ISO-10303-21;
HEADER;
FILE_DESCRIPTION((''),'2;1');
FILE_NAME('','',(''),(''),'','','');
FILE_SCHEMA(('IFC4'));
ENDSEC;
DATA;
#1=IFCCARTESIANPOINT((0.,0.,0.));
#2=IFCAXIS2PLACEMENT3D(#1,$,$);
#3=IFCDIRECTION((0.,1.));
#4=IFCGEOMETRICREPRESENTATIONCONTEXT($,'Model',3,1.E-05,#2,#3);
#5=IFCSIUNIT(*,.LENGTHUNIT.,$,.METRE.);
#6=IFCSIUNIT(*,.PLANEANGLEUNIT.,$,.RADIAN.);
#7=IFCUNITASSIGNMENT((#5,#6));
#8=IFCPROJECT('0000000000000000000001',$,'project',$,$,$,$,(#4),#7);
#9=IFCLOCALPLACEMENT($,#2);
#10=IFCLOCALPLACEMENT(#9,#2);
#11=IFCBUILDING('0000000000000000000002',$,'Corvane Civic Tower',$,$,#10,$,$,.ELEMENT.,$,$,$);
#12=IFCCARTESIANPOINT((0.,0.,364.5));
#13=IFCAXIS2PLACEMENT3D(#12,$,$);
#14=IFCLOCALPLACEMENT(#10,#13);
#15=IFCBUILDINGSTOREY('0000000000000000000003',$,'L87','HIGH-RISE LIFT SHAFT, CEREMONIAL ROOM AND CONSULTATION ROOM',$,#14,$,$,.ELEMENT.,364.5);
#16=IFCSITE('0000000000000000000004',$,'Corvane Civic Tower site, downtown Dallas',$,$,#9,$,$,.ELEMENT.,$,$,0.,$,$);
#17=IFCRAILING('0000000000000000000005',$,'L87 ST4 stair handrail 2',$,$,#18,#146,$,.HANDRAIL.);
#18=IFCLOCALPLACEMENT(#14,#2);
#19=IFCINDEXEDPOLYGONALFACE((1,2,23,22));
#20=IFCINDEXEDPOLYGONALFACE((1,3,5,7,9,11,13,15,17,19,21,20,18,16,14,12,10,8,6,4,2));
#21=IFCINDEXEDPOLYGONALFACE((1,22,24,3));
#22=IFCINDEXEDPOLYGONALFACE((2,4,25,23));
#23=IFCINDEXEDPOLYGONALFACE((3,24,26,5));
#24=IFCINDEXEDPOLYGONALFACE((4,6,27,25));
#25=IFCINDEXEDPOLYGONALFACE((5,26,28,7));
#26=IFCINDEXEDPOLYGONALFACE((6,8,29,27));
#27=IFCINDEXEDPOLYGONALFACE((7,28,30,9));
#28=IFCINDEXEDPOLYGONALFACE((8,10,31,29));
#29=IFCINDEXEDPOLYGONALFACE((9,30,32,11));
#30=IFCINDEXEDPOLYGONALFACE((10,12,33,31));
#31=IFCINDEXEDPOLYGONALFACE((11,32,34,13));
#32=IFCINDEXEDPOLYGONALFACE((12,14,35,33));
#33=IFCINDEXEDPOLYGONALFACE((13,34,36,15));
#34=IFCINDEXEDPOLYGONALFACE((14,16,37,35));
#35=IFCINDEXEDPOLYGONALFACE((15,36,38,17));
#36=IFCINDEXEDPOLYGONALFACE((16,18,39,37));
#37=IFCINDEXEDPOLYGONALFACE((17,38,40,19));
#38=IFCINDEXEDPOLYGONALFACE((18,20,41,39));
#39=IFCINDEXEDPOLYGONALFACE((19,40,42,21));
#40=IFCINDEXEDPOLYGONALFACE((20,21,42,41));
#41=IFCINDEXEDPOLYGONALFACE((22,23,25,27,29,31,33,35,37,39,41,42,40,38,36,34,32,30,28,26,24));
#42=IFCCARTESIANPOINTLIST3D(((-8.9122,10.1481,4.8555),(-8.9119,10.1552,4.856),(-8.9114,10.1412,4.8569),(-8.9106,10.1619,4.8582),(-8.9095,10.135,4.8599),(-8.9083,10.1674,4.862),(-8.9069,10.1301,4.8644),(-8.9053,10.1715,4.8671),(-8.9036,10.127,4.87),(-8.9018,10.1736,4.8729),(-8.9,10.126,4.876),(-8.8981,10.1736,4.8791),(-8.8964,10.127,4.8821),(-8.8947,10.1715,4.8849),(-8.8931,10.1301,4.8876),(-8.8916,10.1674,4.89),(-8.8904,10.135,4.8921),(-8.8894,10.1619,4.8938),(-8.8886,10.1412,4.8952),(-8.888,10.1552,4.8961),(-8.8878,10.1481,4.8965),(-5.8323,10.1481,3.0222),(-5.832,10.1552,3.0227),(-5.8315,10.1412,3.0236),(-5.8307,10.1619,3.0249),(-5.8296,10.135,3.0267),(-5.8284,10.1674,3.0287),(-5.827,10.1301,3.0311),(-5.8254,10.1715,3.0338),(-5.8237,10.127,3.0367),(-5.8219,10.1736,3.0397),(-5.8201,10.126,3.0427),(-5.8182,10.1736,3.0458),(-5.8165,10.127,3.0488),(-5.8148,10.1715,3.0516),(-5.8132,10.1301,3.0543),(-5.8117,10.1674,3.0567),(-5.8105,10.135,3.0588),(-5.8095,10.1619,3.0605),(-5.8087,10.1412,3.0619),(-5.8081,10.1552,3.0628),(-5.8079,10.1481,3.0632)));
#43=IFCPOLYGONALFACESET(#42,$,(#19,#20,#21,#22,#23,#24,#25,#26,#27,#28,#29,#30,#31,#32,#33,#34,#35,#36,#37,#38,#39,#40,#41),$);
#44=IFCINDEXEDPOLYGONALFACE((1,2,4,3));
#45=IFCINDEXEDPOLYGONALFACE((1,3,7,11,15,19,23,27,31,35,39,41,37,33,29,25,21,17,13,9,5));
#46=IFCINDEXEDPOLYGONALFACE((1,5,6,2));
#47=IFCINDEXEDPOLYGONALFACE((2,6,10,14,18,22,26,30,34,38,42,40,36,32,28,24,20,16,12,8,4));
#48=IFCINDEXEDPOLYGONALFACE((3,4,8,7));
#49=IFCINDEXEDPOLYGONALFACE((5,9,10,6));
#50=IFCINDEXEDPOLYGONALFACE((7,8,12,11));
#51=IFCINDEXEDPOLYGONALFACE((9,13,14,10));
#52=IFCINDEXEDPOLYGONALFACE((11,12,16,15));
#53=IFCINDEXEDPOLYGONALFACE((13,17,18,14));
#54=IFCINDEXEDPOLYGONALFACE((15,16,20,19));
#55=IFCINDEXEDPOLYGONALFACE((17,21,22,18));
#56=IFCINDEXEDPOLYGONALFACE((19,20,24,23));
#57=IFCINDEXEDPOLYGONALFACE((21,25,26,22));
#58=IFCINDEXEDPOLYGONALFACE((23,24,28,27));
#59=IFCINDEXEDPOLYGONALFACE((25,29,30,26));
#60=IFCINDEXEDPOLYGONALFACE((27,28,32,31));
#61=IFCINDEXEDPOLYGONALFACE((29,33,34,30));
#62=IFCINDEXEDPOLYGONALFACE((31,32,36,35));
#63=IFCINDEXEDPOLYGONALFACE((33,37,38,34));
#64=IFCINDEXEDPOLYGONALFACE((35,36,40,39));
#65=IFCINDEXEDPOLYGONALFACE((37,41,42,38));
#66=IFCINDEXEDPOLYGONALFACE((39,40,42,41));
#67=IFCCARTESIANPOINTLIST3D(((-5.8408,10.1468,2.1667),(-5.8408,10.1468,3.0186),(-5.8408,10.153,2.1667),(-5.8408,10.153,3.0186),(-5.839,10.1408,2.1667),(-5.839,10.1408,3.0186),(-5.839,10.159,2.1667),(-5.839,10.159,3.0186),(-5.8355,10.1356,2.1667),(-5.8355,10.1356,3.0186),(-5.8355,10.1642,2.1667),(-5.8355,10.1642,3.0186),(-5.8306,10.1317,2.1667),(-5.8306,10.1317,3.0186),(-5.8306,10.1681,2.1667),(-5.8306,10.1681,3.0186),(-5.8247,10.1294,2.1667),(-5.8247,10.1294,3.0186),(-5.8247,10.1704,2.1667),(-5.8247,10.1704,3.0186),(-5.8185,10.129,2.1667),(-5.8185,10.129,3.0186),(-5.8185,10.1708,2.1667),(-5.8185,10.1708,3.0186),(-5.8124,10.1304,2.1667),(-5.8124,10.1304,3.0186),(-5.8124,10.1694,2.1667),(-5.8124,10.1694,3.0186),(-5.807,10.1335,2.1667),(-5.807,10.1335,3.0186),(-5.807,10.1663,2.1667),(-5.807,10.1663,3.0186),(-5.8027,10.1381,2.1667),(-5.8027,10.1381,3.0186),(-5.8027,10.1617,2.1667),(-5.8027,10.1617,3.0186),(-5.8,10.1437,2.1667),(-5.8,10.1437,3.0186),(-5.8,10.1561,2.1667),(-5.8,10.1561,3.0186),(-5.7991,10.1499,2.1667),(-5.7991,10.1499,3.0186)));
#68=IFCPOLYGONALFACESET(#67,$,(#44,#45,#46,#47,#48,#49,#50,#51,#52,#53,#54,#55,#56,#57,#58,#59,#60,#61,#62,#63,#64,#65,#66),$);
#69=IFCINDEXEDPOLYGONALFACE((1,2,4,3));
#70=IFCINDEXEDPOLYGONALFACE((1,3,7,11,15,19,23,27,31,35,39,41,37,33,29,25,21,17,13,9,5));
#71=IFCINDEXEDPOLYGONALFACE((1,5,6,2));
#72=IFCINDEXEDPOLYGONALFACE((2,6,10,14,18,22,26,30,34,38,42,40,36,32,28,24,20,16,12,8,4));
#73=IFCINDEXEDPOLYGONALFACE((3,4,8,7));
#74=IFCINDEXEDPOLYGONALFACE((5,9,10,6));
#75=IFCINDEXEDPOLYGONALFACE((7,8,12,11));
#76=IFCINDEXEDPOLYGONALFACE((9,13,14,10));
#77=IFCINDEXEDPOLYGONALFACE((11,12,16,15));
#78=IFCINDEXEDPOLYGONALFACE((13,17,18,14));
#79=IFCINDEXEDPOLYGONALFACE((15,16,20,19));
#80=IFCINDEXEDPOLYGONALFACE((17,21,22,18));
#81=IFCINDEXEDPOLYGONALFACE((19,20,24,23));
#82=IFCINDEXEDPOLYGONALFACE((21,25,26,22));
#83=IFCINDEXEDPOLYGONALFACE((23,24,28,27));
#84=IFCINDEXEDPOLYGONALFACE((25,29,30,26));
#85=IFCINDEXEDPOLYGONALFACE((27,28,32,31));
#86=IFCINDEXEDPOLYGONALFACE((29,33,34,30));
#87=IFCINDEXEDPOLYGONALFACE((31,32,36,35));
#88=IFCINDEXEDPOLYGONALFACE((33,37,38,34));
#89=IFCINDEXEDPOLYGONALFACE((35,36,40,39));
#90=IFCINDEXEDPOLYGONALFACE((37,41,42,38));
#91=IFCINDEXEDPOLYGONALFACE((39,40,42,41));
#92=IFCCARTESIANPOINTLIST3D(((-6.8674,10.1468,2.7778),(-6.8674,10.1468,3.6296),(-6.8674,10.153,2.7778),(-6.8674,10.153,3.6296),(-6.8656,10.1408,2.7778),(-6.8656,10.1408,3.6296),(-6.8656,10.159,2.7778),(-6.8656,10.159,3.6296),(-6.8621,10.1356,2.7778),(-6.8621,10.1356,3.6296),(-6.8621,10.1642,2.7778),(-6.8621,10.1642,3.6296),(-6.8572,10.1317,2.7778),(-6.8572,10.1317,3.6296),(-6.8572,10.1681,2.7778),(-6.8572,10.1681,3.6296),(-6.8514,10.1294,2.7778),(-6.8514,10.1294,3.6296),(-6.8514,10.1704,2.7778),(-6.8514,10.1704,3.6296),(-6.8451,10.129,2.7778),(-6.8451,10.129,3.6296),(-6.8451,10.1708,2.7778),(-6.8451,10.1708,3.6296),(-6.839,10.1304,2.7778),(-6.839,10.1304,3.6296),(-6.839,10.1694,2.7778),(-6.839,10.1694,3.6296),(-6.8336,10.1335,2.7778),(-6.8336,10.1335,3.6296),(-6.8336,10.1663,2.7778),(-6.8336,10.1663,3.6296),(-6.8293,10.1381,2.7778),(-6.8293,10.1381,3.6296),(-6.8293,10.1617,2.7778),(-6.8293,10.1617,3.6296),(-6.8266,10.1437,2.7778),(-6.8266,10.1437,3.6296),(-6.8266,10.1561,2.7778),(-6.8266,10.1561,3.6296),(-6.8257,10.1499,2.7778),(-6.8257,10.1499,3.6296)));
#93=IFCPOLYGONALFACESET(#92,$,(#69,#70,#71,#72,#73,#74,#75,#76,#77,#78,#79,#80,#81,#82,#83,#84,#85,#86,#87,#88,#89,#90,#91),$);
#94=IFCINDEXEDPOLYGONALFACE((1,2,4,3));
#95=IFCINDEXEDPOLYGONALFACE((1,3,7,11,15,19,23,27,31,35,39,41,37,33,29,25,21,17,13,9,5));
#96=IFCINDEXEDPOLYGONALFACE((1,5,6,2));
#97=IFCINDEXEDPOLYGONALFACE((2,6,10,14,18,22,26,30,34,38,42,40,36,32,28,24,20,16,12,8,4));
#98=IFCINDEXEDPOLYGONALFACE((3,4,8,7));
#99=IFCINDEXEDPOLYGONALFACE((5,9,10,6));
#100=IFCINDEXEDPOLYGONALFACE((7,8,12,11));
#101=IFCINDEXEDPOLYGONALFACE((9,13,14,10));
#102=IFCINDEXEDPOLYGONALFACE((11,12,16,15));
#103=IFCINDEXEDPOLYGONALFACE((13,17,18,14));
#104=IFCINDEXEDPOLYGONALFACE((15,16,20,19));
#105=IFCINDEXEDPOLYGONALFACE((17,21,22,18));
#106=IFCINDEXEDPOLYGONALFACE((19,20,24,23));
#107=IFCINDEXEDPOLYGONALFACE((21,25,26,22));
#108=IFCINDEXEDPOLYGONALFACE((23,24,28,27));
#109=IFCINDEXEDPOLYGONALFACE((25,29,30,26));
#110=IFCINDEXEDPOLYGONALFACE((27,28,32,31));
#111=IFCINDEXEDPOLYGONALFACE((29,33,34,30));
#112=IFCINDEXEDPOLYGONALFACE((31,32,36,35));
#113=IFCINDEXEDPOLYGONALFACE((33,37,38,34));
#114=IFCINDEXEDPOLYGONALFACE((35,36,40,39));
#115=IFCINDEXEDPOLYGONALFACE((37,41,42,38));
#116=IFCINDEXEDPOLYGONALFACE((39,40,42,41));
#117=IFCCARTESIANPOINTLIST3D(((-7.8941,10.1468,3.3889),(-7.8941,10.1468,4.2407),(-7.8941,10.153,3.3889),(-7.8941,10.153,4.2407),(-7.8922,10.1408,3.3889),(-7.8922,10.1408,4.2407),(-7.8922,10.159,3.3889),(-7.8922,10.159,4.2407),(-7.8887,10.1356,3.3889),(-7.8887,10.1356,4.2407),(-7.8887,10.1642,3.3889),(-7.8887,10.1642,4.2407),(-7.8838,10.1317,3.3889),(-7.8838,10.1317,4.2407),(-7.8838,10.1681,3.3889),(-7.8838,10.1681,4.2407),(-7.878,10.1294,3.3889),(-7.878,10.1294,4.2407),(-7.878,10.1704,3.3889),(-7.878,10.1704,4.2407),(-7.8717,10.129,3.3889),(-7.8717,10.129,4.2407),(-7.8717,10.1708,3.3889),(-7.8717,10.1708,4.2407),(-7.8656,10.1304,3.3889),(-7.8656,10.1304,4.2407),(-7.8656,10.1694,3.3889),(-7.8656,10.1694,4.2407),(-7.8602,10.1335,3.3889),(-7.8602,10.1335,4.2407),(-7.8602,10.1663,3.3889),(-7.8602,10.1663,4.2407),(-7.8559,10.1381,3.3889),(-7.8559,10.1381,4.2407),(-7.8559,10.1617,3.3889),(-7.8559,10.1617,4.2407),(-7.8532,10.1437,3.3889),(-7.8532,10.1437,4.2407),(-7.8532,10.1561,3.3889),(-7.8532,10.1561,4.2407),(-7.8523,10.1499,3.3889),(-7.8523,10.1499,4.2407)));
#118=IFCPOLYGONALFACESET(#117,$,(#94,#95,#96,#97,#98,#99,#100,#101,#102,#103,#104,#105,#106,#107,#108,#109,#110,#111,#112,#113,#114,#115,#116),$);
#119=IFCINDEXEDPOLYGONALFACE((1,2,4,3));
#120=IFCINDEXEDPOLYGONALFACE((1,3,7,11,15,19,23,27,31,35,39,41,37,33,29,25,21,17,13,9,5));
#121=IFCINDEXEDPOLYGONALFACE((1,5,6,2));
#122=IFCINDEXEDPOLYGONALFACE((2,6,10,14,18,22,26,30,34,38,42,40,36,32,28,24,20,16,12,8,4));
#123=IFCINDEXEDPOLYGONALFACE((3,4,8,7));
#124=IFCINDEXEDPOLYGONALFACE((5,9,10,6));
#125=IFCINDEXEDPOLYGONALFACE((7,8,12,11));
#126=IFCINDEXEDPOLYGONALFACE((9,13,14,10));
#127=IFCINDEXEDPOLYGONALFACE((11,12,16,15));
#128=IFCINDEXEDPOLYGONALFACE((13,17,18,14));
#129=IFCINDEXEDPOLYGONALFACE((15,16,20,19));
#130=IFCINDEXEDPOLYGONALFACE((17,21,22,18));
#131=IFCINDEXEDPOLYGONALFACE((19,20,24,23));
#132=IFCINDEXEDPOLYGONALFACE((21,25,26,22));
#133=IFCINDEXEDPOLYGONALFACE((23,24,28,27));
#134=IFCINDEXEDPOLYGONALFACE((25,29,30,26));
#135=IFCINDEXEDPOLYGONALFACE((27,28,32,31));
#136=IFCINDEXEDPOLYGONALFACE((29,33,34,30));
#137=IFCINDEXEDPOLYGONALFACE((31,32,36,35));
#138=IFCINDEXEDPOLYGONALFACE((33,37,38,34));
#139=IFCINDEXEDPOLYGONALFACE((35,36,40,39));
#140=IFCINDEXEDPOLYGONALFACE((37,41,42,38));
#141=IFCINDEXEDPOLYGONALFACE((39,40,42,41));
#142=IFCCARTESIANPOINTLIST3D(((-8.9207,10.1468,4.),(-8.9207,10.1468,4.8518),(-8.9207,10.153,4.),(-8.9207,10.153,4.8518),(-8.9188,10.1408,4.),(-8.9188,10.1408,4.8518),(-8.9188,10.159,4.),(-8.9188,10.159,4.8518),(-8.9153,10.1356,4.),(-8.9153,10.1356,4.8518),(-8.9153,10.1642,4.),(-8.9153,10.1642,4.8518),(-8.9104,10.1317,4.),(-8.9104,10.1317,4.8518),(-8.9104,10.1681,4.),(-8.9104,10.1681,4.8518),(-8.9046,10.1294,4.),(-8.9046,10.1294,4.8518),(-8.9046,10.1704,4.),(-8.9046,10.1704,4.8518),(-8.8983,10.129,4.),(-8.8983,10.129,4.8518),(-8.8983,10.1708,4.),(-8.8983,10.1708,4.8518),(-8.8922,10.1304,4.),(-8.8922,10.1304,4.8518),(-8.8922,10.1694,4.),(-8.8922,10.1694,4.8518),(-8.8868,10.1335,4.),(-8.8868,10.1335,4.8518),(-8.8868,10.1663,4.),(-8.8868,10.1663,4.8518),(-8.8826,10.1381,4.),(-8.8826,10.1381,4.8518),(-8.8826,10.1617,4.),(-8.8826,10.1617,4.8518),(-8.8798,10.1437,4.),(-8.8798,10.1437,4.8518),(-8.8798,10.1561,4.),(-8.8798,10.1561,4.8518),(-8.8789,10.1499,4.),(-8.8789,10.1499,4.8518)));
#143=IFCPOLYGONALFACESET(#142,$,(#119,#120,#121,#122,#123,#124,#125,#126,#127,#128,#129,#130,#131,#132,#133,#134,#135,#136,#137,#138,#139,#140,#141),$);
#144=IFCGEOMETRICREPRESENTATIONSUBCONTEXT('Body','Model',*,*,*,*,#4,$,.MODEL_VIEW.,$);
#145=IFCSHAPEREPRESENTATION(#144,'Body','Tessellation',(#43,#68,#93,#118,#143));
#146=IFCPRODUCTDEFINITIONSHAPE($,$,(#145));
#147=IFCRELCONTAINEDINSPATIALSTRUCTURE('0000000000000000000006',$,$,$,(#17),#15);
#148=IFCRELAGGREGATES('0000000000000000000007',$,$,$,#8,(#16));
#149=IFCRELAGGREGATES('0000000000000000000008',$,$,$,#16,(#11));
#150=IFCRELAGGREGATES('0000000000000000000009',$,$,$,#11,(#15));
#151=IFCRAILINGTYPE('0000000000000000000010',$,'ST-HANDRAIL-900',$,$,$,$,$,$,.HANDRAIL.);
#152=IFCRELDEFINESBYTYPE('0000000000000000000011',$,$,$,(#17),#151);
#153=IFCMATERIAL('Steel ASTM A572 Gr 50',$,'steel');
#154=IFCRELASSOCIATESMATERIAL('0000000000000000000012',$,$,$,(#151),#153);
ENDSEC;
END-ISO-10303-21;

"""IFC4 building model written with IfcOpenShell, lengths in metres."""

from ifc_helpers import new_model, si_unit, direction, frame, origin, origin_2d, place, context, subcontext, project, spatial, circle, extrude, material, type_object, element, save


model = new_model("IFC4")

# Units and contexts
model_context = context("Model", 3, precision=1e-05, world=origin(), true_north=direction((0.0, 1.0)))
body_context = subcontext(model_context, "Body", "Model", "MODEL_VIEW")
ifc_project = project(units=[si_unit("LENGTHUNIT", "METRE"), si_unit("PLANEANGLEUNIT", "RADIAN")], contexts=[model_context])

# Site, building, storey
site_placement = place(None, origin())
site = spatial("IfcSite", under=ifc_project, at=site_placement, Name="Corvane Civic Tower site, downtown Dallas", CompositionType="ELEMENT", RefElevation=0.0)
building_placement = place(site_placement, origin())
building = spatial("IfcBuilding", under=site, at=building_placement, Name="Corvane Civic Tower", CompositionType="ELEMENT")
storey_placement = place(building_placement, frame((0.0, 0.0, 364.5)))
storey = spatial("IfcBuildingStorey", under=building, at=storey_placement, Name="L87", Description="HIGH-RISE LIFT SHAFT, CEREMONIAL ROOM AND CONSULTATION ROOM", CompositionType="ELEMENT", Elevation=364.5)

# Railing
ifc_material_1 = material(Name="Steel ASTM A572 Gr 50", Category="steel")
railing_type_1 = type_object("IfcRailingType", Name="ST-HANDRAIL-900", PredefinedType="HANDRAIL", material=ifc_material_1)
railing_1_placement = place(storey_placement, frame((-5.8201, 10.1499, 2.1667)))
element("IfcRailing", 1, at=railing_1_placement, inside=storey, type_object=railing_type_1, Name="L87 ST4 stair handrail 2", PredefinedType="HANDRAIL", context=body_context, shape_type="SweptSolid", body=[
    extrude(circle(Radius=0.0239, at=origin_2d()), frame((0.0, 0.0, 0.876), z_axis=(-0.859291, 0.0, 0.511487), x_axis=(0.0, -1.0, 0.0)), (0.0, 0.0, 1.0), 3.5842),
    extrude(circle(Radius=0.021, at=origin_2d()), origin(), (0.0, 0.0, 1.0), 0.8518),
    extrude(circle(Radius=0.021, at=origin_2d()), frame((-1.0266, 0.0, 0.6111)), (0.0, 0.0, 1.0), 0.8518),
    extrude(circle(Radius=0.021, at=origin_2d()), frame((-2.0532, 0.0, 1.2222)), (0.0, 0.0, 1.0), 0.8518),
    extrude(circle(Radius=0.021, at=origin_2d()), frame((-3.0798, 0.0, 1.8333)), (0.0, 0.0, 1.0), 0.8518),
])

save(model, "model.ifc")
